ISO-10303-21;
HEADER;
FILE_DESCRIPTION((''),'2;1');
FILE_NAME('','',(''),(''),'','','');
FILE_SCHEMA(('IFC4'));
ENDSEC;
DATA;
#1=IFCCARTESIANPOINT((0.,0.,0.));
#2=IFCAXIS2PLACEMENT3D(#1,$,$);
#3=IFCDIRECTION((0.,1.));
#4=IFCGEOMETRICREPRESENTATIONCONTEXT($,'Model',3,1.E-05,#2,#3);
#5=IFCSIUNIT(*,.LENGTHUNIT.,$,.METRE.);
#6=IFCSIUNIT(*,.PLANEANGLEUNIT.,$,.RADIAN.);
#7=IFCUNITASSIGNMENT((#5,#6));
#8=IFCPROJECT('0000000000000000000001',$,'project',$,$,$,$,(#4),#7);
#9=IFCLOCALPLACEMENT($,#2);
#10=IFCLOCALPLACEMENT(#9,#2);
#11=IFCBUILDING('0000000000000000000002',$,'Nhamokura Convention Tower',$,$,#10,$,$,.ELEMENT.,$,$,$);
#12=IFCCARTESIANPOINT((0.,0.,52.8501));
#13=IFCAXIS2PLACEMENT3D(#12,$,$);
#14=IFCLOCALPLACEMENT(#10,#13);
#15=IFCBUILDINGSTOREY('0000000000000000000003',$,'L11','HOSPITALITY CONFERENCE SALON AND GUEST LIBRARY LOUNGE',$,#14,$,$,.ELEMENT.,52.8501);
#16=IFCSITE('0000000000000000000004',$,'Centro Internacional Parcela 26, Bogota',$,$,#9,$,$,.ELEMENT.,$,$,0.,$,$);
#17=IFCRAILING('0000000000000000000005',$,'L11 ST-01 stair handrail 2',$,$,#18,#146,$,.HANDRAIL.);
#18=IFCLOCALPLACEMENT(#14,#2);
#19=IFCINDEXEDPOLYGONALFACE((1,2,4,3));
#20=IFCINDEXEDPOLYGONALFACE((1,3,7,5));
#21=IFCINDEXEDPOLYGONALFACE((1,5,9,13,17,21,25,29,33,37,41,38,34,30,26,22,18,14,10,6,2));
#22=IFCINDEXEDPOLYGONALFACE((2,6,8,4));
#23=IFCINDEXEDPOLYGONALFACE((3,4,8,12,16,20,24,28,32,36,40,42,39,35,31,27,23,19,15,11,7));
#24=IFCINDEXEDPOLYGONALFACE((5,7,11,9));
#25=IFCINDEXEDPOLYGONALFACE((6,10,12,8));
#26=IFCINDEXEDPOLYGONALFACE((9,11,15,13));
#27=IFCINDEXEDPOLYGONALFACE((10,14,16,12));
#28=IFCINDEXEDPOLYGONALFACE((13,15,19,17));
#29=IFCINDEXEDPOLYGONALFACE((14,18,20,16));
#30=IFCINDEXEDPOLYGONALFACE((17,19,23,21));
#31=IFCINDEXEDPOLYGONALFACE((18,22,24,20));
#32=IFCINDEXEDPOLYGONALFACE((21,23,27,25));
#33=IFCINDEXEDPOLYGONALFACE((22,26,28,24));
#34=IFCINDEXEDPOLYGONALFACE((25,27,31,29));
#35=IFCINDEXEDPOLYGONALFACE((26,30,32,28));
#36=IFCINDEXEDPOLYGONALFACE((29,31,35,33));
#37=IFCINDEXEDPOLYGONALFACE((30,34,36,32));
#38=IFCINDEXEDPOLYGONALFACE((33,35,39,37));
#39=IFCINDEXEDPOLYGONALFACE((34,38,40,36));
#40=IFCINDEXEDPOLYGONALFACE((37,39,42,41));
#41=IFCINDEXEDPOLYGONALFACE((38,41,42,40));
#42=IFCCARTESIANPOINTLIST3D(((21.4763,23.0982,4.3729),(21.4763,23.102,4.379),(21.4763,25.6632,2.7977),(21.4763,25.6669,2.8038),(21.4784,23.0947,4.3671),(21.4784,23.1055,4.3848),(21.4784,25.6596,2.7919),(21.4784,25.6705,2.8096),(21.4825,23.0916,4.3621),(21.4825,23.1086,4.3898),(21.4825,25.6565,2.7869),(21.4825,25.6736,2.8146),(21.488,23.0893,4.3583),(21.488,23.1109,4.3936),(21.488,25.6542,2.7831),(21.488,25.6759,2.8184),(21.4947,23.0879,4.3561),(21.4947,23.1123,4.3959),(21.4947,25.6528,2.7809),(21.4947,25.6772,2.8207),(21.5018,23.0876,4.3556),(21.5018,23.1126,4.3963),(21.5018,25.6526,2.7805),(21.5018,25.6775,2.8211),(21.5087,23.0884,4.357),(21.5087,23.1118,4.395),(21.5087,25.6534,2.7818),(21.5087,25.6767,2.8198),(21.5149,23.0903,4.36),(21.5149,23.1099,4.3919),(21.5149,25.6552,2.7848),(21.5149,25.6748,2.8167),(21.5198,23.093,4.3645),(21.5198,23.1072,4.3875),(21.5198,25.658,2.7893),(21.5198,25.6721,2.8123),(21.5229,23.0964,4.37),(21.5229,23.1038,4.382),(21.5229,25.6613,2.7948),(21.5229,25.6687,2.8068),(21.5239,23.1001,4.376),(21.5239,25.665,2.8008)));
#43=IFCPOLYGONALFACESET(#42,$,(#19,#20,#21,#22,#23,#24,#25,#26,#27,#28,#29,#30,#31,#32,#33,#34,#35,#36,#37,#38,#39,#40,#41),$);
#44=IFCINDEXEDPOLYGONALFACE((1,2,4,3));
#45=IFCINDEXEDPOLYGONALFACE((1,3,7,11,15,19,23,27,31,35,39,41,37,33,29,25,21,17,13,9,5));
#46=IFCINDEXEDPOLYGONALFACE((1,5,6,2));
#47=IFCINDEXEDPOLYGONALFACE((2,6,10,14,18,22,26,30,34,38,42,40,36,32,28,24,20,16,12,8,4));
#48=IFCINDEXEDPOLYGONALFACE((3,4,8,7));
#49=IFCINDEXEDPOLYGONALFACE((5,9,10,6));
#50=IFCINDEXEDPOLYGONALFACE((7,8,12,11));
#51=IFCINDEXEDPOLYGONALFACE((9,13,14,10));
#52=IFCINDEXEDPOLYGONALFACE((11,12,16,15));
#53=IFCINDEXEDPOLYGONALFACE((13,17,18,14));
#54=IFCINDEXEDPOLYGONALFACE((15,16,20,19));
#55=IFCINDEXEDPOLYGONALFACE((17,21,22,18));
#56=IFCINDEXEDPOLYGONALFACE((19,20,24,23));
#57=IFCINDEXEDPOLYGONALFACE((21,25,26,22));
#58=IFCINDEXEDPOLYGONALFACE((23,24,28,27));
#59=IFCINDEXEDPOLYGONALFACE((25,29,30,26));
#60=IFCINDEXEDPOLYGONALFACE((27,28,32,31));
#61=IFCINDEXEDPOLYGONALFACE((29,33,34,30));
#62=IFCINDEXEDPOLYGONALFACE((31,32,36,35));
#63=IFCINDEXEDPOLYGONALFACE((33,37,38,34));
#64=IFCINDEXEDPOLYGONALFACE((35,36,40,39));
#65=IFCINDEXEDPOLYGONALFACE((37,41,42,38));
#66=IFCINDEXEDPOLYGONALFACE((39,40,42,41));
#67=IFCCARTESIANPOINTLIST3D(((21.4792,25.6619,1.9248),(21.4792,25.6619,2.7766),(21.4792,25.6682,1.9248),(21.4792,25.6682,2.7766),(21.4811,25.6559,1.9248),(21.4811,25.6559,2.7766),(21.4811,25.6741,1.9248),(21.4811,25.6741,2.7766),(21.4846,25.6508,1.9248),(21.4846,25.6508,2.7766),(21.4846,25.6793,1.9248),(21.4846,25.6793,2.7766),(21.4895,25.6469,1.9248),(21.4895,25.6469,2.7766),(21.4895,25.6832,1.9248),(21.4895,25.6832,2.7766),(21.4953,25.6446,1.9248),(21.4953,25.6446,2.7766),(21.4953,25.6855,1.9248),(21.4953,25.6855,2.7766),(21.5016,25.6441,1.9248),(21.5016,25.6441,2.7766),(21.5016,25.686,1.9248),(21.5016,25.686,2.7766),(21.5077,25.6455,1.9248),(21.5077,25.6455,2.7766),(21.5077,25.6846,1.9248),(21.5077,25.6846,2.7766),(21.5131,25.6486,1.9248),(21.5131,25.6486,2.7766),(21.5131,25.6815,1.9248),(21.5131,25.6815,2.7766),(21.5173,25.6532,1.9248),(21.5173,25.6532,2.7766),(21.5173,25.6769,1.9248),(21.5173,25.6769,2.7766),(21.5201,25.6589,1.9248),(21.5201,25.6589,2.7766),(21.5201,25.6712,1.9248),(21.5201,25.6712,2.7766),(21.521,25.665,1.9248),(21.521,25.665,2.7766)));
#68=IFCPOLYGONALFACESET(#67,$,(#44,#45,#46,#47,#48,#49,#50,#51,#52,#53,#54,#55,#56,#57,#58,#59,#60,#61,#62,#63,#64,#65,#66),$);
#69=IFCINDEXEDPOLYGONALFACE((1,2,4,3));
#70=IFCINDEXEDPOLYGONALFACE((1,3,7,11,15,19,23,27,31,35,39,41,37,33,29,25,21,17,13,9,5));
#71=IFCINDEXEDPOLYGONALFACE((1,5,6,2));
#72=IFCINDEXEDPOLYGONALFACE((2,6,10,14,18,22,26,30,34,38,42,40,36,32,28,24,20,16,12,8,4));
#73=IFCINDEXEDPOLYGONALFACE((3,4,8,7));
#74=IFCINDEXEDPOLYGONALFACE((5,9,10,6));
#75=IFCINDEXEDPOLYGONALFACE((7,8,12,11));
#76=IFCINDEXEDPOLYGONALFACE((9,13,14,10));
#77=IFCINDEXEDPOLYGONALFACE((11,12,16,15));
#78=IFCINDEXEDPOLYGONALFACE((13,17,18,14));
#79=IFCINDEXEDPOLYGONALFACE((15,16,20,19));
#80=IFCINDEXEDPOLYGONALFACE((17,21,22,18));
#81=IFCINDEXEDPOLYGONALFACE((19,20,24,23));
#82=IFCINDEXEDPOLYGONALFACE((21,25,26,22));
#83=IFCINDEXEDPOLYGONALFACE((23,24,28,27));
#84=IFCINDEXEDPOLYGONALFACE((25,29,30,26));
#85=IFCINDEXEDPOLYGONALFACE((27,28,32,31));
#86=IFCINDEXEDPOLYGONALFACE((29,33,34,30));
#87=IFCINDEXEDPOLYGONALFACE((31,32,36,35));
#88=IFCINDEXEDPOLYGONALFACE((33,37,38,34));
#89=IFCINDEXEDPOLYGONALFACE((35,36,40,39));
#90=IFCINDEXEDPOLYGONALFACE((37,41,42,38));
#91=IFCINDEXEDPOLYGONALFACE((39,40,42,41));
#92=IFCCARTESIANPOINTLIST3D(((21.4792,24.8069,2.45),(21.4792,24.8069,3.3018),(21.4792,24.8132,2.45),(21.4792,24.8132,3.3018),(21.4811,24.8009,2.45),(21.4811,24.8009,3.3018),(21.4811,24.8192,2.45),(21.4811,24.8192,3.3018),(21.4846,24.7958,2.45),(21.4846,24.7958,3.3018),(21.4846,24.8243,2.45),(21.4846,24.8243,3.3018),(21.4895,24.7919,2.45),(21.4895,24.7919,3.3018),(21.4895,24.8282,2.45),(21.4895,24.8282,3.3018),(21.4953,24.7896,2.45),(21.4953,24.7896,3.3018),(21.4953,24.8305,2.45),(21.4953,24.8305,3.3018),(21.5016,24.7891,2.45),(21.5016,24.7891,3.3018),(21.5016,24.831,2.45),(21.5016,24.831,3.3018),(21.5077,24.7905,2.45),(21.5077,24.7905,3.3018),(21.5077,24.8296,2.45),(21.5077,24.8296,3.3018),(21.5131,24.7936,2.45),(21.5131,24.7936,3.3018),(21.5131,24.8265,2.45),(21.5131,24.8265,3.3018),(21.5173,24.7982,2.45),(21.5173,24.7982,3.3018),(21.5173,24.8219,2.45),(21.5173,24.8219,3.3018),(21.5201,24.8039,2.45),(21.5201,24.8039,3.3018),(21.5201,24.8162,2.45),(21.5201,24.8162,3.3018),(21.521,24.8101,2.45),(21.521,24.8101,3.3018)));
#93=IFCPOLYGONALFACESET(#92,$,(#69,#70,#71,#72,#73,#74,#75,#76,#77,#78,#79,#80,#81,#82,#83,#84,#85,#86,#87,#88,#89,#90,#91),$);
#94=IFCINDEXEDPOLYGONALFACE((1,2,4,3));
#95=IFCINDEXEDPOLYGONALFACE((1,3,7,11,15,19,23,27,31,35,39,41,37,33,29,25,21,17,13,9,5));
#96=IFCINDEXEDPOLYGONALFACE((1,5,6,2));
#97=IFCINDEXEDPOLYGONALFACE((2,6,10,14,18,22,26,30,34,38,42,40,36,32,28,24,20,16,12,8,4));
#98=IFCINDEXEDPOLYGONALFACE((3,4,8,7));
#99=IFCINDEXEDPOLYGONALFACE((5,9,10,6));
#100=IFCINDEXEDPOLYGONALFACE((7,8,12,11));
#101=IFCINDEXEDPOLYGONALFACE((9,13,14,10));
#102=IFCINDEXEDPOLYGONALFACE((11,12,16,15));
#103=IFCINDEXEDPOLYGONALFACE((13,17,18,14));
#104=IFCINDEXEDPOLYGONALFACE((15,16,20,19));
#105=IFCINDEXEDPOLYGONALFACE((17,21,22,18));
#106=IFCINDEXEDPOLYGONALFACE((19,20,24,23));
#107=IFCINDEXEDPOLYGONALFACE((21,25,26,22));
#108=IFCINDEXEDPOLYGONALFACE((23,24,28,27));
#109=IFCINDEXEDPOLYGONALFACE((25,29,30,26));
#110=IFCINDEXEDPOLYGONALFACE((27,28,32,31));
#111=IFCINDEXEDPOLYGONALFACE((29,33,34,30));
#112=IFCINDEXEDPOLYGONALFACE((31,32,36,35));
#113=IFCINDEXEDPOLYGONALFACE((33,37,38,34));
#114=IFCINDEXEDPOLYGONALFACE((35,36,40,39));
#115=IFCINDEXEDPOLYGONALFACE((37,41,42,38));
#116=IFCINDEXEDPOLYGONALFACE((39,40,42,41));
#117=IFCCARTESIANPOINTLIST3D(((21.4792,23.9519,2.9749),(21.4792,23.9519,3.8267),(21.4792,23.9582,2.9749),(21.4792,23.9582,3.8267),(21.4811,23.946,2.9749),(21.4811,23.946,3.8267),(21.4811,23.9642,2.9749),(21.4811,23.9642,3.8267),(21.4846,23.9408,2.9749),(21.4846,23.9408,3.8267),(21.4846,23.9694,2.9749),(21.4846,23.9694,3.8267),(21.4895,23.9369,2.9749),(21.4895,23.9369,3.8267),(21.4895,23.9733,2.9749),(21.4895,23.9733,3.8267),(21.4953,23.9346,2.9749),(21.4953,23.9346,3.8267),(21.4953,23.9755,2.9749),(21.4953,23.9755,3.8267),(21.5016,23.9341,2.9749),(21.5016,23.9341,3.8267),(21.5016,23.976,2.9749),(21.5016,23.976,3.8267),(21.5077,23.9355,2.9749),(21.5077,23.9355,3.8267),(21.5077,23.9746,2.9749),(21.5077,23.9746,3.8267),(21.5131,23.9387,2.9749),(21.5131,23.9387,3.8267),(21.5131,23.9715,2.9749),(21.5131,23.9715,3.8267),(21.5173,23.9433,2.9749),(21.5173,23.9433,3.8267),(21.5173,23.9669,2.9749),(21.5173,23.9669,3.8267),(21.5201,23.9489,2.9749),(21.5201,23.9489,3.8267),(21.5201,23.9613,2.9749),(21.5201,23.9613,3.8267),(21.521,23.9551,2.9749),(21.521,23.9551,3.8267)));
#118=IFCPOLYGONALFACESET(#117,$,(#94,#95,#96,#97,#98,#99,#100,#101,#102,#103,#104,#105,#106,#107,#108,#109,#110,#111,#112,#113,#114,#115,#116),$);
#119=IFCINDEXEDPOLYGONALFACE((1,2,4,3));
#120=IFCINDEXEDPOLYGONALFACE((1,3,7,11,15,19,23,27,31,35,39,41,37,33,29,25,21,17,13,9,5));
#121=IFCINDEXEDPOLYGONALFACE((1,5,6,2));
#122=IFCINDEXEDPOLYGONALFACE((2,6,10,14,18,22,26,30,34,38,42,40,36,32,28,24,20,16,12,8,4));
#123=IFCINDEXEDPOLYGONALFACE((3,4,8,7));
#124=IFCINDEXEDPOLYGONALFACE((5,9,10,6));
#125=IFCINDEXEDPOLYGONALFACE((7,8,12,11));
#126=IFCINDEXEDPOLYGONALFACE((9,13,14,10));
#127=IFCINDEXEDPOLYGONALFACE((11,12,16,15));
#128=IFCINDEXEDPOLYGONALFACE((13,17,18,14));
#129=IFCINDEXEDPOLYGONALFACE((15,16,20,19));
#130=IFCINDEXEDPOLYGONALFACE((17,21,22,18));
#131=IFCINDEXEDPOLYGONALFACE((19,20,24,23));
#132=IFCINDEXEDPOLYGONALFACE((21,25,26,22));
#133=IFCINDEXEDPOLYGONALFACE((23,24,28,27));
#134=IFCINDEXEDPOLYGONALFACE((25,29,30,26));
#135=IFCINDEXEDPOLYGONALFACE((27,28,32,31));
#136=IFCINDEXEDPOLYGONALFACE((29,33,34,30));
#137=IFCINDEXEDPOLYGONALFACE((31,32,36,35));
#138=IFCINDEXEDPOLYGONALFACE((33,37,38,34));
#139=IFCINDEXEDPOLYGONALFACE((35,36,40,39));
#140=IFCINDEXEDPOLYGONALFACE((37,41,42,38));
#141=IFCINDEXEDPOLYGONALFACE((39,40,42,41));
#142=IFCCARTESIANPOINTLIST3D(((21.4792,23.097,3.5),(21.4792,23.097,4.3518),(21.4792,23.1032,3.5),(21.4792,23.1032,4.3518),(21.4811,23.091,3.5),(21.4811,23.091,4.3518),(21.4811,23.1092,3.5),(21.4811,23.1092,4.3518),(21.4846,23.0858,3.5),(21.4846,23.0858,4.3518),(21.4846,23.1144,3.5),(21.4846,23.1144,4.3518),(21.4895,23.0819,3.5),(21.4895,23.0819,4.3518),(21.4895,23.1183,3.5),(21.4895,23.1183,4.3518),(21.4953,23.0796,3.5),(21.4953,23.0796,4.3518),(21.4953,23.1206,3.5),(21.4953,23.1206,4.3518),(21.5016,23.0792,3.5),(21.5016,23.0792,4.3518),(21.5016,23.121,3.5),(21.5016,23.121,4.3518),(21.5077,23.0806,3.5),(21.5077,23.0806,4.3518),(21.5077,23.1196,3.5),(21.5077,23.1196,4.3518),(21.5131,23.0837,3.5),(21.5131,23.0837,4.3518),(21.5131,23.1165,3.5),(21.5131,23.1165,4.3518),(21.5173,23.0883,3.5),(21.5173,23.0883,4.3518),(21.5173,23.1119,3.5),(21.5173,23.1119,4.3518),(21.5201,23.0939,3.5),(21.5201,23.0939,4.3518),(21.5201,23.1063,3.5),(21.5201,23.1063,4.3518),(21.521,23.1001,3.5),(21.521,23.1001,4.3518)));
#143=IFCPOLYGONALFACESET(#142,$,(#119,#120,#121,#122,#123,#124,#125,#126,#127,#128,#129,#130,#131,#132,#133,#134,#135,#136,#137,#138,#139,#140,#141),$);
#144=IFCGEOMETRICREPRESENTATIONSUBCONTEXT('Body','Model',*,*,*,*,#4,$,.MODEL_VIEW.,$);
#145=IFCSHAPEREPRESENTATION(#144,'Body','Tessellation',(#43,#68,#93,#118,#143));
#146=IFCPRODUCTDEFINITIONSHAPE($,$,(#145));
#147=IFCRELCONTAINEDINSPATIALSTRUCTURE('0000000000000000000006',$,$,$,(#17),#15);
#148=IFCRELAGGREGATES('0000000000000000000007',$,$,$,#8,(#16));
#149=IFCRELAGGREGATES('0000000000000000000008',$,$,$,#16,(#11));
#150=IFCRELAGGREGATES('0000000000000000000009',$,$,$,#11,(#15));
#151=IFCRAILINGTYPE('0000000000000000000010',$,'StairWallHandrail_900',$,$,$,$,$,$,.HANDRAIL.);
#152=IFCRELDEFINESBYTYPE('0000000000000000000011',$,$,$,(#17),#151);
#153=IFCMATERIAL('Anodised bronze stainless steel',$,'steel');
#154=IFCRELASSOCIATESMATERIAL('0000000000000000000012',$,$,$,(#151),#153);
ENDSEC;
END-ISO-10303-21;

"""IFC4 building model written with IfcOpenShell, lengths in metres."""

from ifc_helpers import new_model, si_unit, direction, frame, origin, origin_2d, place, context, subcontext, project, spatial, circle, extrude, material, type_object, element, save


model = new_model("IFC4")

# Units and contexts
model_context = context("Model", 3, precision=1e-05, world=origin(), true_north=direction((0.0, 1.0)))
body_context = subcontext(model_context, "Body", "Model", "MODEL_VIEW")
ifc_project = project(units=[si_unit("LENGTHUNIT", "METRE"), si_unit("PLANEANGLEUNIT", "RADIAN")], contexts=[model_context])

# Site, building, storey
site_placement = place(None, origin())
site = spatial("IfcSite", under=ifc_project, at=site_placement, Name="Centro Internacional Parcela 26, Bogota", CompositionType="ELEMENT", RefElevation=0.0)
building_placement = place(site_placement, origin())
building = spatial("IfcBuilding", under=site, at=building_placement, Name="Nhamokura Convention Tower", CompositionType="ELEMENT")
storey_placement = place(building_placement, frame((0.0, 0.0, 52.8501)))
storey = spatial("IfcBuildingStorey", under=building, at=storey_placement, Name="L11", Description="HOSPITALITY CONFERENCE SALON AND GUEST LIBRARY LOUNGE", CompositionType="ELEMENT", Elevation=52.8501)

# Railing
ifc_material_1 = material(Name="Anodised bronze stainless steel", Category="steel")
railing_type_1 = type_object("IfcRailingType", Name="StairWallHandrail_900", PredefinedType="HANDRAIL", material=ifc_material_1)
railing_1_placement = place(storey_placement, frame((21.5, 25.665, 1.9248)))
element("IfcRailing", 1, at=railing_1_placement, inside=storey, type_object=railing_type_1, Name="L11 ST-01 stair handrail 2", PredefinedType="HANDRAIL", context=body_context, shape_type="SweptSolid", body=[
    extrude(circle(Radius=0.0239, at=origin_2d()), frame((0.0, 0.0, 0.876), z_axis=(0.0, -0.852137, 0.523319), x_axis=(1.0, 0.0, 0.0)), (0.0, 0.0, 1.0), 3.01),
    extrude(circle(Radius=0.021, at=origin_2d()), origin(), (0.0, 0.0, 1.0), 0.8518),
    extrude(circle(Radius=0.021, at=origin_2d()), frame((0.0, -0.855, 0.5251)), (0.0, 0.0, 1.0), 0.8518),
    extrude(circle(Radius=0.021, at=origin_2d()), frame((0.0, -1.71, 1.05)), (0.0, 0.0, 1.0), 0.8518),
    extrude(circle(Radius=0.021, at=origin_2d()), frame((0.0, -2.5649, 1.5752)), (0.0, 0.0, 1.0), 0.8518),
])

save(model, "model.ifc")
